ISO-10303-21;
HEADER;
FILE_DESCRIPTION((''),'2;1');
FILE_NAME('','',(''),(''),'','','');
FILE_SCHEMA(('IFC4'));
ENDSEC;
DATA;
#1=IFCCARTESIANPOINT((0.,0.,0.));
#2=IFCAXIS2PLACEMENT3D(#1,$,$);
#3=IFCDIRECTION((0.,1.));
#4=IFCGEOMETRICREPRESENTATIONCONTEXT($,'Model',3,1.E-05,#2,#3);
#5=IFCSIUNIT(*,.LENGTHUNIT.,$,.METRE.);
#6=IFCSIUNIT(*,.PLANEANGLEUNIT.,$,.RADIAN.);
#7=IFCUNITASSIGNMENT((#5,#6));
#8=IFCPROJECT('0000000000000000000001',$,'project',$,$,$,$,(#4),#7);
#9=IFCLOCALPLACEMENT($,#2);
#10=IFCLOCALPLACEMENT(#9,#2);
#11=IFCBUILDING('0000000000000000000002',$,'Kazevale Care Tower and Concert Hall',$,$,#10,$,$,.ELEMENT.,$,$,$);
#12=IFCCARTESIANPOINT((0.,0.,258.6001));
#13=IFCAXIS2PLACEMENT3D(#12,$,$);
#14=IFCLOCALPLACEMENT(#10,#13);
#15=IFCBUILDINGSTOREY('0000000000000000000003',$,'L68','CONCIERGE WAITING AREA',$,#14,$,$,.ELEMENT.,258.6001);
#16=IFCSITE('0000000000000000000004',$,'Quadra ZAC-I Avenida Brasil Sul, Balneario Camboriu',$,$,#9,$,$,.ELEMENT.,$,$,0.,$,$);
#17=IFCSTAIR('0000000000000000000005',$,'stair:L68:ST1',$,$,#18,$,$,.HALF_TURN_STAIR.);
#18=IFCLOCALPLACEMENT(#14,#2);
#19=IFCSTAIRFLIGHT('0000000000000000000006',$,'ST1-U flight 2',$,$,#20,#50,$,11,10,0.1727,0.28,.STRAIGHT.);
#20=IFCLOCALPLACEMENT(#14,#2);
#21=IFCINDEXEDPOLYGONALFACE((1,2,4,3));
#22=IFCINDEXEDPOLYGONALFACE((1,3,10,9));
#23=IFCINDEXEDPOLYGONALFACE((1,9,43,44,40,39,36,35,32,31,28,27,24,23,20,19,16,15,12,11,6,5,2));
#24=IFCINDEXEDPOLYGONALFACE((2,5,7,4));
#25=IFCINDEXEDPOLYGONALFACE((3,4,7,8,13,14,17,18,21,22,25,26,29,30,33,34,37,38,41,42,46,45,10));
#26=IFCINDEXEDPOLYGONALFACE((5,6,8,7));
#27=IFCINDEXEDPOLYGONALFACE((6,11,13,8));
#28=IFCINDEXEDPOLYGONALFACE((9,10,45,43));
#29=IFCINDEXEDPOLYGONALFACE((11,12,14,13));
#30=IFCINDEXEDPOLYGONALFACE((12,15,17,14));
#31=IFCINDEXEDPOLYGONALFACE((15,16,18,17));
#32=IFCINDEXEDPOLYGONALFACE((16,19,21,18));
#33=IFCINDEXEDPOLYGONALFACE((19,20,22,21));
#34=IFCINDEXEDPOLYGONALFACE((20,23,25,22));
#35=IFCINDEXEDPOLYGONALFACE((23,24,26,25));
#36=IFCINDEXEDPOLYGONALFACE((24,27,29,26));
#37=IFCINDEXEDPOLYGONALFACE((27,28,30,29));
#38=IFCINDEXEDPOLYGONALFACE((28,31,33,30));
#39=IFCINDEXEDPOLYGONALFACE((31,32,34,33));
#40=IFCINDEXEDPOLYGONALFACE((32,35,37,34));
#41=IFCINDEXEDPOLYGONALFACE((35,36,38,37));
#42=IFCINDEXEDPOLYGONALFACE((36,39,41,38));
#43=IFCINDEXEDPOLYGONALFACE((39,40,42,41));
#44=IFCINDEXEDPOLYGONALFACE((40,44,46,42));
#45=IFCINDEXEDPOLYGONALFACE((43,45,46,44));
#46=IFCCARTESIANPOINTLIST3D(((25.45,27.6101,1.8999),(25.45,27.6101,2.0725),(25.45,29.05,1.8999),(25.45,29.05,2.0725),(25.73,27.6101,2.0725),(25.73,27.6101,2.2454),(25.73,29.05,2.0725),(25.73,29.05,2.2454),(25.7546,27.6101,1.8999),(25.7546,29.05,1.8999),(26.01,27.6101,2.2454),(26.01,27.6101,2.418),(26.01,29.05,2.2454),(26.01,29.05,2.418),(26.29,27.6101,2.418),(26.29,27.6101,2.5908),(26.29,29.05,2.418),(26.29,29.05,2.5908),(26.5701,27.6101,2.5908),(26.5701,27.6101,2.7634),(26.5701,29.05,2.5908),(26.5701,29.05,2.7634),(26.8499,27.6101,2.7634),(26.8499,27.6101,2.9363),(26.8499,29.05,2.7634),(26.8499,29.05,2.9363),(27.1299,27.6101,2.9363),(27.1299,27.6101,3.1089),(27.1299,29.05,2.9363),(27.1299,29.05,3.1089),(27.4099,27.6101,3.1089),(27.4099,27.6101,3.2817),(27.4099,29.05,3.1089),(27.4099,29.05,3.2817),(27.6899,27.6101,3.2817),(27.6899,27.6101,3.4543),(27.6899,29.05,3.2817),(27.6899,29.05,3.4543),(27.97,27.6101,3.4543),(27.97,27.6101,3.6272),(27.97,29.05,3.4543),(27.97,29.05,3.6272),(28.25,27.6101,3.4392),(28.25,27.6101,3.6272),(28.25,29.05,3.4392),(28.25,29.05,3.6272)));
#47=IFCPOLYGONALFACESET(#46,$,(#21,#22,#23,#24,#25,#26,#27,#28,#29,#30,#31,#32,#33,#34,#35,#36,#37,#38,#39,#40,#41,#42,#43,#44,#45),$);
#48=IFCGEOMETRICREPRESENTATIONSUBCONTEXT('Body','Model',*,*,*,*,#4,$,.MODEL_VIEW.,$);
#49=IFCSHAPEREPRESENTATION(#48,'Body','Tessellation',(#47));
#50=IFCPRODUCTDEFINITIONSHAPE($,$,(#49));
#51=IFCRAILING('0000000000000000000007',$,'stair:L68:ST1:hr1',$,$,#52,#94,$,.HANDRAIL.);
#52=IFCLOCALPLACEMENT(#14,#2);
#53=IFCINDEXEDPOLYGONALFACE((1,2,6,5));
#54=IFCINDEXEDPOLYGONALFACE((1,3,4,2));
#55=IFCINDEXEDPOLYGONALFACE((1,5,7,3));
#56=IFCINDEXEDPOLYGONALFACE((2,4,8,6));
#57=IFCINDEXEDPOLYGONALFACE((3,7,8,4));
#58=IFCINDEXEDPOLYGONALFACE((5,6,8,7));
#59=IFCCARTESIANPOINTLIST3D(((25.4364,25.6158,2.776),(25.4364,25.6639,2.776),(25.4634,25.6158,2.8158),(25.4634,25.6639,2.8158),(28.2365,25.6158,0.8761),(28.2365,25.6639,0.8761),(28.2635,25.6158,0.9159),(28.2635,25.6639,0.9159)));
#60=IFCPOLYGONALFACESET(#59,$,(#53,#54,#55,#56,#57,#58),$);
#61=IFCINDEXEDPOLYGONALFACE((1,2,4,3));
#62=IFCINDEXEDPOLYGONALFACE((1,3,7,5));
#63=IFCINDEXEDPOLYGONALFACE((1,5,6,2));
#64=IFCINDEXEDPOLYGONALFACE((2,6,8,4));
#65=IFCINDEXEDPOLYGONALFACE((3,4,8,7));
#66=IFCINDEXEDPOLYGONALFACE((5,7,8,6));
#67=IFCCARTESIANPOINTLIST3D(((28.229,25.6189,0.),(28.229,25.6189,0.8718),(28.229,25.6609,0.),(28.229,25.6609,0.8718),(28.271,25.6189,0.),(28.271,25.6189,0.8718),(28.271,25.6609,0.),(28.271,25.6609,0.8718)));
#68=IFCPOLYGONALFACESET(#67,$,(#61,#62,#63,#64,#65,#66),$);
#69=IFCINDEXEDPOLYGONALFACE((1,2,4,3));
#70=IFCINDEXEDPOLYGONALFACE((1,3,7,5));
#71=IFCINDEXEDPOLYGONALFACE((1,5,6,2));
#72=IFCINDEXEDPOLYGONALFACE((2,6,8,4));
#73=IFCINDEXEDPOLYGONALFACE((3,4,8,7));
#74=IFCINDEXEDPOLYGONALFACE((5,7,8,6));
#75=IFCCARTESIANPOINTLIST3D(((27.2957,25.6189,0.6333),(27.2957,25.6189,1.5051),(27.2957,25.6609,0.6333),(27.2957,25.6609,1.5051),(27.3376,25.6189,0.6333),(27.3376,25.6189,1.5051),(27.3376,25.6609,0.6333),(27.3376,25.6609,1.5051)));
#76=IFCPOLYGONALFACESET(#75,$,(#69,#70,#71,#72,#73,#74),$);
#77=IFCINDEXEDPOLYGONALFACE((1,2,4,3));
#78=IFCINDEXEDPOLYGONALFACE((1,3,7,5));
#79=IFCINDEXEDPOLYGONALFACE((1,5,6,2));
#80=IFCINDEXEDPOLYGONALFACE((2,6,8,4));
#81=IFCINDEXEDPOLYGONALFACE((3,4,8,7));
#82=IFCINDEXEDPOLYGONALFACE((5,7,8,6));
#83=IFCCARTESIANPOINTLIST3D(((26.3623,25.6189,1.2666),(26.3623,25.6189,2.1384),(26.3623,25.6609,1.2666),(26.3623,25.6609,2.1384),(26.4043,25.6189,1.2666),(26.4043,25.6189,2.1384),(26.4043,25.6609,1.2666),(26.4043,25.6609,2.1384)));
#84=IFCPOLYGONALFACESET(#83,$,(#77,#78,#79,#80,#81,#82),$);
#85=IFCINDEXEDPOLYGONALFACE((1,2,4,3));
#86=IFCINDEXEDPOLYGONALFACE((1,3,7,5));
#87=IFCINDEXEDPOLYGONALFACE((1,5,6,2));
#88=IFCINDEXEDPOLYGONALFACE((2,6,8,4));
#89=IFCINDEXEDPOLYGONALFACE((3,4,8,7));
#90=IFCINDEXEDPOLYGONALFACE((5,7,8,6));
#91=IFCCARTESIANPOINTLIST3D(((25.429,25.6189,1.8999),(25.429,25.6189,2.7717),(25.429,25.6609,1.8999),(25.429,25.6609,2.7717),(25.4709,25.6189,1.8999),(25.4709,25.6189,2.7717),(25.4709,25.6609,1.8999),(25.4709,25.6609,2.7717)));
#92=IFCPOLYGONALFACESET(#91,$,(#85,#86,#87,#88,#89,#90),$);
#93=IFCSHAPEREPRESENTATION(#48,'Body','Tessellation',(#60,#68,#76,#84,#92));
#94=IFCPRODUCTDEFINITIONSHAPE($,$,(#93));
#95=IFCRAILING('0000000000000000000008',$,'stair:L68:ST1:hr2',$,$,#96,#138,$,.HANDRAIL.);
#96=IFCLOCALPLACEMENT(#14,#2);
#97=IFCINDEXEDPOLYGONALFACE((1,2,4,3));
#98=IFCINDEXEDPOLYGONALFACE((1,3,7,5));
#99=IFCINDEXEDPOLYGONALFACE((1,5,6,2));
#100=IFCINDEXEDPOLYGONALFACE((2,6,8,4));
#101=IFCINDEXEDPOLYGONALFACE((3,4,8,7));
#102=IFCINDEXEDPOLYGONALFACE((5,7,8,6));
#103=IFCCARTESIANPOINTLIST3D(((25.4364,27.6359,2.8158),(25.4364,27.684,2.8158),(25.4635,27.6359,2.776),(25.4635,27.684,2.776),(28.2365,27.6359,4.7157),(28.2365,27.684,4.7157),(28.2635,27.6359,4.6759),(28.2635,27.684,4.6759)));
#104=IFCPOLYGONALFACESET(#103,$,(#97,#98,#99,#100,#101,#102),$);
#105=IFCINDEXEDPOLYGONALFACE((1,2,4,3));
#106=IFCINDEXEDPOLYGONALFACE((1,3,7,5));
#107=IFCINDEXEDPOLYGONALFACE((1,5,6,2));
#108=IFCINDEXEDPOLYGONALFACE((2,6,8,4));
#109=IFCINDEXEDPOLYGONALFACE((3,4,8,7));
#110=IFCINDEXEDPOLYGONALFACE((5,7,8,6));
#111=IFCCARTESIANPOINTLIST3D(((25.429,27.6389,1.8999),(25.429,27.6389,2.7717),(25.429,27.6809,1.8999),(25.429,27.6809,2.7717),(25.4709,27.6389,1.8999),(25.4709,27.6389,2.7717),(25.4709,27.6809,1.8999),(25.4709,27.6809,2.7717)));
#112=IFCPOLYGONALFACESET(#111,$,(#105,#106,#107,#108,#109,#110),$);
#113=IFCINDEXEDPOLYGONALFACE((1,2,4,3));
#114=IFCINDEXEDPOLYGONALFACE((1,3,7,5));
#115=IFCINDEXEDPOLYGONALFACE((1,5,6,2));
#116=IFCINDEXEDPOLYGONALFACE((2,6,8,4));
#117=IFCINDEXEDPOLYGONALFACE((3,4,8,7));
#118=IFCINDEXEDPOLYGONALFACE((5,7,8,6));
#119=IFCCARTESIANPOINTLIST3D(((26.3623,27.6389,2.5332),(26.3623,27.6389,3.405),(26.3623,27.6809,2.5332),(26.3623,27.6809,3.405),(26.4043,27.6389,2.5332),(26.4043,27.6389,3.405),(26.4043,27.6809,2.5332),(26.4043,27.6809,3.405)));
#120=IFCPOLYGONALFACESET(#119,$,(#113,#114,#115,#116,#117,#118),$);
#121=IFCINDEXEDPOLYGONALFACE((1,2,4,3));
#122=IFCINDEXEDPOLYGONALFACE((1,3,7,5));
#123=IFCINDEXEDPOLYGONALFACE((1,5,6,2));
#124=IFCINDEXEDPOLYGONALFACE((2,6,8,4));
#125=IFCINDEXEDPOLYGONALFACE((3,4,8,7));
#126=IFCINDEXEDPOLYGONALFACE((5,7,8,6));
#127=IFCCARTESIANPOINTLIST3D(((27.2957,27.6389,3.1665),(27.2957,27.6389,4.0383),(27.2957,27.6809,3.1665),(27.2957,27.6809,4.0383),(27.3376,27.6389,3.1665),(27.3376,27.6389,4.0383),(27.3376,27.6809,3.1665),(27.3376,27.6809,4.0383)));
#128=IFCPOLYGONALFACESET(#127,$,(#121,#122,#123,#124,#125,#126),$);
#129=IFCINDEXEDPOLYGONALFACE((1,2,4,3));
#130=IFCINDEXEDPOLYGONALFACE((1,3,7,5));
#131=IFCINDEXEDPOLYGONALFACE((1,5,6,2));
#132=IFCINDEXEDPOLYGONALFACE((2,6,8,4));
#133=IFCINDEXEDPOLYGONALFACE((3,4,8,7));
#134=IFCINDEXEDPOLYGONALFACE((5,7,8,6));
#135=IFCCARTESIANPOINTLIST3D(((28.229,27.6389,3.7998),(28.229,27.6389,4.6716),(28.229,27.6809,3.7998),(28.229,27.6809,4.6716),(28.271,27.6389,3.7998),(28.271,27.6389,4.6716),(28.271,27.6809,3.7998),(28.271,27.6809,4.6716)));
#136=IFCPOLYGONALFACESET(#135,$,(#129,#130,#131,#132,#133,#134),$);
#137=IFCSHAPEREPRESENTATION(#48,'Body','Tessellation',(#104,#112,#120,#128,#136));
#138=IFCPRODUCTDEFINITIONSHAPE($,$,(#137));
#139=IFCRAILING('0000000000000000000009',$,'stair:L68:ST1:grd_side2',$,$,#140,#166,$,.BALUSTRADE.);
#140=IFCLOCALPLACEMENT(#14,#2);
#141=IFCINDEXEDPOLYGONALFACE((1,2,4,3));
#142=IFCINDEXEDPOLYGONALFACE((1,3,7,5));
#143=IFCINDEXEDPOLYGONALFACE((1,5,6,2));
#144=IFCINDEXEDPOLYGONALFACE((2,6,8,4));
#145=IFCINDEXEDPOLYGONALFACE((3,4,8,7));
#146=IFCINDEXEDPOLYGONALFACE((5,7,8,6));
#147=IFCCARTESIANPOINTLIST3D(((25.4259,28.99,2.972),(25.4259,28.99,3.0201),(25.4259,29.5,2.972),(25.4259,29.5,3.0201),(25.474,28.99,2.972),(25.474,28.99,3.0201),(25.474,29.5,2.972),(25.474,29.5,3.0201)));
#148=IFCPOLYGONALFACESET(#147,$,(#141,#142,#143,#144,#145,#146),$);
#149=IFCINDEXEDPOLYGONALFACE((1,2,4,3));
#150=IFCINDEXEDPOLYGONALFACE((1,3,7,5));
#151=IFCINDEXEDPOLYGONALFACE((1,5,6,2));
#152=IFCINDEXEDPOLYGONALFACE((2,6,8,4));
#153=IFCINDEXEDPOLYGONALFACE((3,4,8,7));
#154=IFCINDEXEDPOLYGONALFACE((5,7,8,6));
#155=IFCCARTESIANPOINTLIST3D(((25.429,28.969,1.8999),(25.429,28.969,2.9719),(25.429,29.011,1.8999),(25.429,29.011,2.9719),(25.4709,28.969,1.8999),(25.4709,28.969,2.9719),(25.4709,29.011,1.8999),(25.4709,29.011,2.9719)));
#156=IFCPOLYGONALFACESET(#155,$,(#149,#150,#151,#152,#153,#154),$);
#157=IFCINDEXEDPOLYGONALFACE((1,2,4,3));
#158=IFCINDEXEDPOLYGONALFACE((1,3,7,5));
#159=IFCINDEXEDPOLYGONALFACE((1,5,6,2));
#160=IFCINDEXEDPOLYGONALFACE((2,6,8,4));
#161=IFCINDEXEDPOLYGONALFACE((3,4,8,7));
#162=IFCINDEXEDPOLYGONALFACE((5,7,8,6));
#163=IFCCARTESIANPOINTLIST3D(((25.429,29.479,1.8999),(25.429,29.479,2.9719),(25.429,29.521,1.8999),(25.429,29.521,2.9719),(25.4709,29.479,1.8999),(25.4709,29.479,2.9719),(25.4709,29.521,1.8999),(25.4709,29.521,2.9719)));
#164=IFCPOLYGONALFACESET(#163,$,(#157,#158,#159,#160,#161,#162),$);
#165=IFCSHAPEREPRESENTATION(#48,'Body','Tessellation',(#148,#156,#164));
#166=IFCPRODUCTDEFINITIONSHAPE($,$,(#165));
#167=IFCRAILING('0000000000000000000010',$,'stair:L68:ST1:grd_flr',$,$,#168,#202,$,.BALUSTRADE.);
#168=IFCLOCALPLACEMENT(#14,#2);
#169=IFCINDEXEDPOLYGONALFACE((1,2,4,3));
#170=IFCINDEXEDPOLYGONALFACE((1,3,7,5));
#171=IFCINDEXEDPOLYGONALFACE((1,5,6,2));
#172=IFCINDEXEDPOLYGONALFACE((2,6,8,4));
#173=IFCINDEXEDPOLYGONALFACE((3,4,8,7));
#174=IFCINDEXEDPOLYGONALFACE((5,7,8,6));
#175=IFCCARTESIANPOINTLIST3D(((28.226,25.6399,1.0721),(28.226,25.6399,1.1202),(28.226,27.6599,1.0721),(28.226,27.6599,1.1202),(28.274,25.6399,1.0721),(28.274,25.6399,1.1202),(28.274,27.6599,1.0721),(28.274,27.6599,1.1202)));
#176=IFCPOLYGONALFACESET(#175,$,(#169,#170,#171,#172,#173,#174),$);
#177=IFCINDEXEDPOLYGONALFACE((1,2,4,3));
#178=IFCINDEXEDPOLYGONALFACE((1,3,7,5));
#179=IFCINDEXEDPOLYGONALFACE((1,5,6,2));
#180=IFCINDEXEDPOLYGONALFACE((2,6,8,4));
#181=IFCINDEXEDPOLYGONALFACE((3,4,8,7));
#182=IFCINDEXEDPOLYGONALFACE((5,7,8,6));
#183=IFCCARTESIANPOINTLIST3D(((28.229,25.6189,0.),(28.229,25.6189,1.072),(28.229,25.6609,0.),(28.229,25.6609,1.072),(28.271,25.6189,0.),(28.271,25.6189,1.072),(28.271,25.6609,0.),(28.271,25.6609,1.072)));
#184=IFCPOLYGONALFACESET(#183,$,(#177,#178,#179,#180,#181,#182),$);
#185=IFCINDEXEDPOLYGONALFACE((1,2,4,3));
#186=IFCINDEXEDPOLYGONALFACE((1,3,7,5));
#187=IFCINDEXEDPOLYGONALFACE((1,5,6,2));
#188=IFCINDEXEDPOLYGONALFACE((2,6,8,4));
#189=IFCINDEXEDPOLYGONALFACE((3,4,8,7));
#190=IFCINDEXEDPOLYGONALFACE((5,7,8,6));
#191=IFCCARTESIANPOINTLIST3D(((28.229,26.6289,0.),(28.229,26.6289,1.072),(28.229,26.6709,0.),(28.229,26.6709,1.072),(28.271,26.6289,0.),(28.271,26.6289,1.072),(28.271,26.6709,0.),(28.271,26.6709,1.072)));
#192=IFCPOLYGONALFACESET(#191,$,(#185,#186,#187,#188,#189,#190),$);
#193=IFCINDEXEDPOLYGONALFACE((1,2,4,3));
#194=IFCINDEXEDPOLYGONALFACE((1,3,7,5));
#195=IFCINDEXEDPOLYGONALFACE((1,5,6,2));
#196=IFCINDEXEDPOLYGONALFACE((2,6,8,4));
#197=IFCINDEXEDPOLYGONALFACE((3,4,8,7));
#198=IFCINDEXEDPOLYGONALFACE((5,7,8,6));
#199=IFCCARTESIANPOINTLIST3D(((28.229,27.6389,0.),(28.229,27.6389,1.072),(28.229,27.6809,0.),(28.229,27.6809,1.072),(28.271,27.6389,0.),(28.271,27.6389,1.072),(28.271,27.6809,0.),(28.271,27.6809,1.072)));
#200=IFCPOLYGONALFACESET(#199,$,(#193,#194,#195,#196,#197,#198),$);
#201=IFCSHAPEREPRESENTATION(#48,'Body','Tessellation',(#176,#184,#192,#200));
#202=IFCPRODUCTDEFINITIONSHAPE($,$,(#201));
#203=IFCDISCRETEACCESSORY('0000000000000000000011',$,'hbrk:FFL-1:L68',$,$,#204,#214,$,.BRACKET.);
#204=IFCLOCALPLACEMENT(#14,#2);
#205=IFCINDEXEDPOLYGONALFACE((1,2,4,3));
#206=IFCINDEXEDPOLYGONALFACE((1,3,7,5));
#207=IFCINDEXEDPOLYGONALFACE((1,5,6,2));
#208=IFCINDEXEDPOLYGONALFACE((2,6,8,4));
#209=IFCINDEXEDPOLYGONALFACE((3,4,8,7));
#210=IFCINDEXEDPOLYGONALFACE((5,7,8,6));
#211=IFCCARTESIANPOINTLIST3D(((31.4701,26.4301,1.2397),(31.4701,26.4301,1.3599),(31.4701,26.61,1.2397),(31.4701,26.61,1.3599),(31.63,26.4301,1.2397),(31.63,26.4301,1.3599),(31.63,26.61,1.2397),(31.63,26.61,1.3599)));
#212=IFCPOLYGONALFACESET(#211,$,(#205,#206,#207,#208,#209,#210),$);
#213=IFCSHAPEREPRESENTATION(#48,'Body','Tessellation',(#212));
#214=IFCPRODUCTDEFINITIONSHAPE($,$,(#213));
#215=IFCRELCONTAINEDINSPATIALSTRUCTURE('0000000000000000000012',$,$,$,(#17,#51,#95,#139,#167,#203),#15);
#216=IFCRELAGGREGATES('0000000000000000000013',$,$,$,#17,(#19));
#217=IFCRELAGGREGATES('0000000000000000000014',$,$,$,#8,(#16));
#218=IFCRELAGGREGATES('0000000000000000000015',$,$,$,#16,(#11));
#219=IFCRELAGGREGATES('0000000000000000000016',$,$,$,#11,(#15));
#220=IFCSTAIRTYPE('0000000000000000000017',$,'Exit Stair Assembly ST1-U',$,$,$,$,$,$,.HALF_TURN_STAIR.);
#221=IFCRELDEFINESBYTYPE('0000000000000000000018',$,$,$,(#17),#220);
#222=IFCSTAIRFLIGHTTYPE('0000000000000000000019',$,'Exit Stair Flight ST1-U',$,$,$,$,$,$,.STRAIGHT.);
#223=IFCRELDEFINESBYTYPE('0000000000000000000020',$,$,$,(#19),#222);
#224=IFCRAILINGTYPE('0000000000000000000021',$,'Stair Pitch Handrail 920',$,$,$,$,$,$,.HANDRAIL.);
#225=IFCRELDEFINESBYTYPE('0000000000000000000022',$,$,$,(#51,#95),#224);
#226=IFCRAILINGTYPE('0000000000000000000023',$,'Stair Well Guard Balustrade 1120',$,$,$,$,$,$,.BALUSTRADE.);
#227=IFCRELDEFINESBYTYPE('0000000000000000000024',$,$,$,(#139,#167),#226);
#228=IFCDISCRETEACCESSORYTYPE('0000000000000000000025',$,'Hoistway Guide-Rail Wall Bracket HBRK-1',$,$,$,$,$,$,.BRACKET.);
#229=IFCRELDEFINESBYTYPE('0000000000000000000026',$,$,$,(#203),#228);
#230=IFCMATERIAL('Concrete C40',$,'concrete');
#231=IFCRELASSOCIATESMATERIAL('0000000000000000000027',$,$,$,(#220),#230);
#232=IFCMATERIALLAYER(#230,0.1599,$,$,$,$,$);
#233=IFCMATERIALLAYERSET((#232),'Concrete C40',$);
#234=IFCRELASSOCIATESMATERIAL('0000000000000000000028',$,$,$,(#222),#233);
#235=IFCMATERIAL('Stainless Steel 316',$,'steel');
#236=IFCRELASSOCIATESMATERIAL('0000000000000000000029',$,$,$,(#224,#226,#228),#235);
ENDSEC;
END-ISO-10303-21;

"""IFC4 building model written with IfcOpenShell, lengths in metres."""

from ifc_helpers import new_model, si_unit, direction, frame, origin, origin_2d, place, context, subcontext, project, spatial, polyline, rectangle, outline, extrude, material, layer, layer_set, type_object, element, aggregate, save


model = new_model("IFC4")

# Units and contexts
model_context = context("Model", 3, precision=1e-05, world=origin(), true_north=direction((0.0, 1.0)))
body_context = subcontext(model_context, "Body", "Model", "MODEL_VIEW")
ifc_project = project(units=[si_unit("LENGTHUNIT", "METRE"), si_unit("PLANEANGLEUNIT", "RADIAN")], contexts=[model_context])

# Site, building, storey
site_placement = place(None, origin())
site = spatial("IfcSite", under=ifc_project, at=site_placement, Name="Quadra ZAC-I Avenida Brasil Sul, Balneario Camboriu", CompositionType="ELEMENT", RefElevation=0.0)
building_placement = place(site_placement, origin())
building = spatial("IfcBuilding", under=site, at=building_placement, Name="Kazevale Care Tower and Concert Hall", CompositionType="ELEMENT")
storey_placement = place(building_placement, frame((0.0, 0.0, 258.6001)))
storey = spatial("IfcBuildingStorey", under=building, at=storey_placement, Name="L68", Description="CONCIERGE WAITING AREA", CompositionType="ELEMENT", Elevation=258.6001)

# Shared definitions
ifc_material_1 = material(Name="Concrete C40", Category="concrete")
ifc_material_2 = material(Name="Stainless Steel 316", Category="steel")

# Stair, stair flight
stair_type = type_object("IfcStairType", Name="Exit Stair Assembly ST1-U", PredefinedType="HALF_TURN_STAIR", material=ifc_material_1)
stair_placement = place(storey_placement, origin())
stair = element("IfcStair", 1, at=stair_placement, inside=storey, type_object=stair_type, Name="stair:L68:ST1", PredefinedType="HALF_TURN_STAIR")
ifc_layer_1 = layer(ifc_material_1, 0.1599)
ifc_layer_set_1 = layer_set([ifc_layer_1], Name="Concrete C40")
stair_flight_type = type_object("IfcStairFlightType", Name="Exit Stair Flight ST1-U", PredefinedType="STRAIGHT", material=ifc_layer_set_1)
stair_flight_1_placement = place(storey_placement, frame((25.45, 28.3301, 1.8999), z_axis=(0.0, 0.0, 1.0), x_axis=(1.0, 0.0, 0.0)))
stair_flight_1 = element("IfcStairFlight", 2, at=stair_flight_1_placement, type_object=stair_flight_type, Name="ST1-U flight 2", NumberOfRisers=11, NumberOfTreads=10, PredefinedType="STRAIGHT", RiserHeight=0.1727, TreadLength=0.28, context=body_context, shape_type="SweptSolid", body=[
    extrude(outline(polyline([(0.0, 0.0), (0.0, 0.1726), (0.28, 0.1726), (0.28, 0.3455), (0.5601, 0.3455), (0.5601, 0.5181), (0.8401, 0.5181), (0.8401, 0.6909), (1.1201, 0.6909), (1.1201, 0.8635), (1.3999, 0.8635), (1.3999, 1.0364), (1.6799, 1.0364), (1.6799, 1.209), (1.96, 1.209), (1.96, 1.3818), (2.24, 1.3818), (2.24, 1.5544), (2.52, 1.5544), (2.52, 1.7273), (2.8, 1.7273), (2.8, 1.8999), (2.8, 1.5393), (0.3047, 0.0), (0.0, 0.0)])), frame((0.0, 0.72, 0.0), z_axis=(0.0, -1.0, 0.0), x_axis=(1.0, 0.0, 0.0)), (0.0, 0.0, 1.0), 1.4399),
])
aggregate(stair, [stair_flight_1])

# Railings
railing_type_1 = type_object("IfcRailingType", Name="Stair Pitch Handrail 920", PredefinedType="HANDRAIL", material=ifc_material_2)
railing_1_placement = place(storey_placement, frame((28.25, 25.6399, 0.0)))
element("IfcRailing", 3, at=railing_1_placement, inside=storey, type_object=railing_type_1, Name="stair:L68:ST1:hr1", PredefinedType="HANDRAIL", context=body_context, shape_type="SweptSolid", body=[
    extrude(rectangle(XDim=0.0481, YDim=0.0481, at=origin_2d()), frame((0.0, 0.0, 0.896), z_axis=(-0.827494, 0.0, 0.561475), x_axis=(0.0, -1.0, 0.0)), (0.0, 0.0, 1.0), 3.3838),
    extrude(rectangle(XDim=0.042, YDim=0.042, at=origin_2d()), origin(), (0.0, 0.0, 1.0), 0.8718),
    extrude(rectangle(XDim=0.042, YDim=0.042, at=origin_2d()), frame((-0.9333, 0.0, 0.6333)), (0.0, 0.0, 1.0), 0.8718),
    extrude(rectangle(XDim=0.042, YDim=0.042, at=origin_2d()), frame((-1.8667, 0.0, 1.2666)), (0.0, 0.0, 1.0), 0.8718),
    extrude(rectangle(XDim=0.042, YDim=0.042, at=origin_2d()), frame((-2.8, 0.0, 1.8999)), (0.0, 0.0, 1.0), 0.8718),
])
railing_2_placement = place(storey_placement, frame((25.45, 27.6599, 1.8999)))
element("IfcRailing", 4, at=railing_2_placement, inside=storey, type_object=railing_type_1, Name="stair:L68:ST1:hr2", PredefinedType="HANDRAIL", context=body_context, shape_type="SweptSolid", body=[
    extrude(rectangle(XDim=0.0481, YDim=0.0481, at=origin_2d()), frame((0.0, 0.0, 0.896), z_axis=(0.827494, 0.0, 0.561475), x_axis=(0.0, 1.0, 0.0)), (0.0, 0.0, 1.0), 3.3838),
    extrude(rectangle(XDim=0.042, YDim=0.042, at=origin_2d()), origin(), (0.0, 0.0, 1.0), 0.8718),
    extrude(rectangle(XDim=0.042, YDim=0.042, at=origin_2d()), frame((0.9333, 0.0, 0.6333)), (0.0, 0.0, 1.0), 0.8718),
    extrude(rectangle(XDim=0.042, YDim=0.042, at=origin_2d()), frame((1.8667, 0.0, 1.2666)), (0.0, 0.0, 1.0), 0.8718),
    extrude(rectangle(XDim=0.042, YDim=0.042, at=origin_2d()), frame((2.8, 0.0, 1.8999)), (0.0, 0.0, 1.0), 0.8718),
])
railing_type_2 = type_object("IfcRailingType", Name="Stair Well Guard Balustrade 1120", PredefinedType="BALUSTRADE", material=ifc_material_2)
railing_3_placement = place(storey_placement, frame((25.45, 28.99, 1.8999)))
element("IfcRailing", 5, at=railing_3_placement, inside=storey, type_object=railing_type_2, Name="stair:L68:ST1:grd_side2", PredefinedType="BALUSTRADE", context=body_context, shape_type="SweptSolid", body=[
    extrude(rectangle(XDim=0.0481, YDim=0.0481, at=origin_2d()), frame((0.0, 0.0, 1.0962), z_axis=(0.0, 1.0, 0.0), x_axis=(-1.0, 0.0, 0.0)), (0.0, 0.0, 1.0), 0.51),
    extrude(rectangle(XDim=0.042, YDim=0.042, at=origin_2d()), origin(), (0.0, 0.0, 1.0), 1.072),
    extrude(rectangle(XDim=0.042, YDim=0.042, at=origin_2d()), frame((0.0, 0.51, 0.0)), (0.0, 0.0, 1.0), 1.072),
])
railing_4_placement = place(storey_placement, frame((28.25, 25.6399, 0.0)))
element("IfcRailing", 6, at=railing_4_placement, inside=storey, type_object=railing_type_2, Name="stair:L68:ST1:grd_flr", PredefinedType="BALUSTRADE", context=body_context, shape_type="SweptSolid", body=[
    extrude(rectangle(XDim=0.0481, YDim=0.0481, at=origin_2d()), frame((0.0, 0.0, 1.0962), z_axis=(0.0, 1.0, 0.0), x_axis=(-1.0, 0.0, 0.0)), (0.0, 0.0, 1.0), 2.02),
    extrude(rectangle(XDim=0.042, YDim=0.042, at=origin_2d()), origin(), (0.0, 0.0, 1.0), 1.072),
    extrude(rectangle(XDim=0.042, YDim=0.042, at=origin_2d()), frame((0.0, 1.01, 0.0)), (0.0, 0.0, 1.0), 1.072),
    extrude(rectangle(XDim=0.042, YDim=0.042, at=origin_2d()), frame((0.0, 2.02, 0.0)), (0.0, 0.0, 1.0), 1.072),
])

# Discrete accessory
discrete_accessory_type = type_object("IfcDiscreteAccessoryType", Name="Hoistway Guide-Rail Wall Bracket HBRK-1", PredefinedType="BRACKET", material=ifc_material_2)
for number, where, z_axis, x_axis, name in (
    (7, (31.55, 26.52, 1.2397), (0.0, 0.0, 1.0), (1.0, 0.0, 0.0), "hbrk:FFL-1:L68"),
):
    element("IfcDiscreteAccessory", number, at=place(storey_placement, frame(where, z_axis=z_axis, x_axis=x_axis)), inside=storey, type_object=discrete_accessory_type, Name=name, PredefinedType="BRACKET", context=body_context, shape_type="SweptSolid", body=[
        extrude(rectangle(XDim=0.1599, YDim=0.1799, at=origin_2d()), origin(), (0.0, 0.0, 1.0), 0.1201),
    ])

save(model, "model.ifc")
